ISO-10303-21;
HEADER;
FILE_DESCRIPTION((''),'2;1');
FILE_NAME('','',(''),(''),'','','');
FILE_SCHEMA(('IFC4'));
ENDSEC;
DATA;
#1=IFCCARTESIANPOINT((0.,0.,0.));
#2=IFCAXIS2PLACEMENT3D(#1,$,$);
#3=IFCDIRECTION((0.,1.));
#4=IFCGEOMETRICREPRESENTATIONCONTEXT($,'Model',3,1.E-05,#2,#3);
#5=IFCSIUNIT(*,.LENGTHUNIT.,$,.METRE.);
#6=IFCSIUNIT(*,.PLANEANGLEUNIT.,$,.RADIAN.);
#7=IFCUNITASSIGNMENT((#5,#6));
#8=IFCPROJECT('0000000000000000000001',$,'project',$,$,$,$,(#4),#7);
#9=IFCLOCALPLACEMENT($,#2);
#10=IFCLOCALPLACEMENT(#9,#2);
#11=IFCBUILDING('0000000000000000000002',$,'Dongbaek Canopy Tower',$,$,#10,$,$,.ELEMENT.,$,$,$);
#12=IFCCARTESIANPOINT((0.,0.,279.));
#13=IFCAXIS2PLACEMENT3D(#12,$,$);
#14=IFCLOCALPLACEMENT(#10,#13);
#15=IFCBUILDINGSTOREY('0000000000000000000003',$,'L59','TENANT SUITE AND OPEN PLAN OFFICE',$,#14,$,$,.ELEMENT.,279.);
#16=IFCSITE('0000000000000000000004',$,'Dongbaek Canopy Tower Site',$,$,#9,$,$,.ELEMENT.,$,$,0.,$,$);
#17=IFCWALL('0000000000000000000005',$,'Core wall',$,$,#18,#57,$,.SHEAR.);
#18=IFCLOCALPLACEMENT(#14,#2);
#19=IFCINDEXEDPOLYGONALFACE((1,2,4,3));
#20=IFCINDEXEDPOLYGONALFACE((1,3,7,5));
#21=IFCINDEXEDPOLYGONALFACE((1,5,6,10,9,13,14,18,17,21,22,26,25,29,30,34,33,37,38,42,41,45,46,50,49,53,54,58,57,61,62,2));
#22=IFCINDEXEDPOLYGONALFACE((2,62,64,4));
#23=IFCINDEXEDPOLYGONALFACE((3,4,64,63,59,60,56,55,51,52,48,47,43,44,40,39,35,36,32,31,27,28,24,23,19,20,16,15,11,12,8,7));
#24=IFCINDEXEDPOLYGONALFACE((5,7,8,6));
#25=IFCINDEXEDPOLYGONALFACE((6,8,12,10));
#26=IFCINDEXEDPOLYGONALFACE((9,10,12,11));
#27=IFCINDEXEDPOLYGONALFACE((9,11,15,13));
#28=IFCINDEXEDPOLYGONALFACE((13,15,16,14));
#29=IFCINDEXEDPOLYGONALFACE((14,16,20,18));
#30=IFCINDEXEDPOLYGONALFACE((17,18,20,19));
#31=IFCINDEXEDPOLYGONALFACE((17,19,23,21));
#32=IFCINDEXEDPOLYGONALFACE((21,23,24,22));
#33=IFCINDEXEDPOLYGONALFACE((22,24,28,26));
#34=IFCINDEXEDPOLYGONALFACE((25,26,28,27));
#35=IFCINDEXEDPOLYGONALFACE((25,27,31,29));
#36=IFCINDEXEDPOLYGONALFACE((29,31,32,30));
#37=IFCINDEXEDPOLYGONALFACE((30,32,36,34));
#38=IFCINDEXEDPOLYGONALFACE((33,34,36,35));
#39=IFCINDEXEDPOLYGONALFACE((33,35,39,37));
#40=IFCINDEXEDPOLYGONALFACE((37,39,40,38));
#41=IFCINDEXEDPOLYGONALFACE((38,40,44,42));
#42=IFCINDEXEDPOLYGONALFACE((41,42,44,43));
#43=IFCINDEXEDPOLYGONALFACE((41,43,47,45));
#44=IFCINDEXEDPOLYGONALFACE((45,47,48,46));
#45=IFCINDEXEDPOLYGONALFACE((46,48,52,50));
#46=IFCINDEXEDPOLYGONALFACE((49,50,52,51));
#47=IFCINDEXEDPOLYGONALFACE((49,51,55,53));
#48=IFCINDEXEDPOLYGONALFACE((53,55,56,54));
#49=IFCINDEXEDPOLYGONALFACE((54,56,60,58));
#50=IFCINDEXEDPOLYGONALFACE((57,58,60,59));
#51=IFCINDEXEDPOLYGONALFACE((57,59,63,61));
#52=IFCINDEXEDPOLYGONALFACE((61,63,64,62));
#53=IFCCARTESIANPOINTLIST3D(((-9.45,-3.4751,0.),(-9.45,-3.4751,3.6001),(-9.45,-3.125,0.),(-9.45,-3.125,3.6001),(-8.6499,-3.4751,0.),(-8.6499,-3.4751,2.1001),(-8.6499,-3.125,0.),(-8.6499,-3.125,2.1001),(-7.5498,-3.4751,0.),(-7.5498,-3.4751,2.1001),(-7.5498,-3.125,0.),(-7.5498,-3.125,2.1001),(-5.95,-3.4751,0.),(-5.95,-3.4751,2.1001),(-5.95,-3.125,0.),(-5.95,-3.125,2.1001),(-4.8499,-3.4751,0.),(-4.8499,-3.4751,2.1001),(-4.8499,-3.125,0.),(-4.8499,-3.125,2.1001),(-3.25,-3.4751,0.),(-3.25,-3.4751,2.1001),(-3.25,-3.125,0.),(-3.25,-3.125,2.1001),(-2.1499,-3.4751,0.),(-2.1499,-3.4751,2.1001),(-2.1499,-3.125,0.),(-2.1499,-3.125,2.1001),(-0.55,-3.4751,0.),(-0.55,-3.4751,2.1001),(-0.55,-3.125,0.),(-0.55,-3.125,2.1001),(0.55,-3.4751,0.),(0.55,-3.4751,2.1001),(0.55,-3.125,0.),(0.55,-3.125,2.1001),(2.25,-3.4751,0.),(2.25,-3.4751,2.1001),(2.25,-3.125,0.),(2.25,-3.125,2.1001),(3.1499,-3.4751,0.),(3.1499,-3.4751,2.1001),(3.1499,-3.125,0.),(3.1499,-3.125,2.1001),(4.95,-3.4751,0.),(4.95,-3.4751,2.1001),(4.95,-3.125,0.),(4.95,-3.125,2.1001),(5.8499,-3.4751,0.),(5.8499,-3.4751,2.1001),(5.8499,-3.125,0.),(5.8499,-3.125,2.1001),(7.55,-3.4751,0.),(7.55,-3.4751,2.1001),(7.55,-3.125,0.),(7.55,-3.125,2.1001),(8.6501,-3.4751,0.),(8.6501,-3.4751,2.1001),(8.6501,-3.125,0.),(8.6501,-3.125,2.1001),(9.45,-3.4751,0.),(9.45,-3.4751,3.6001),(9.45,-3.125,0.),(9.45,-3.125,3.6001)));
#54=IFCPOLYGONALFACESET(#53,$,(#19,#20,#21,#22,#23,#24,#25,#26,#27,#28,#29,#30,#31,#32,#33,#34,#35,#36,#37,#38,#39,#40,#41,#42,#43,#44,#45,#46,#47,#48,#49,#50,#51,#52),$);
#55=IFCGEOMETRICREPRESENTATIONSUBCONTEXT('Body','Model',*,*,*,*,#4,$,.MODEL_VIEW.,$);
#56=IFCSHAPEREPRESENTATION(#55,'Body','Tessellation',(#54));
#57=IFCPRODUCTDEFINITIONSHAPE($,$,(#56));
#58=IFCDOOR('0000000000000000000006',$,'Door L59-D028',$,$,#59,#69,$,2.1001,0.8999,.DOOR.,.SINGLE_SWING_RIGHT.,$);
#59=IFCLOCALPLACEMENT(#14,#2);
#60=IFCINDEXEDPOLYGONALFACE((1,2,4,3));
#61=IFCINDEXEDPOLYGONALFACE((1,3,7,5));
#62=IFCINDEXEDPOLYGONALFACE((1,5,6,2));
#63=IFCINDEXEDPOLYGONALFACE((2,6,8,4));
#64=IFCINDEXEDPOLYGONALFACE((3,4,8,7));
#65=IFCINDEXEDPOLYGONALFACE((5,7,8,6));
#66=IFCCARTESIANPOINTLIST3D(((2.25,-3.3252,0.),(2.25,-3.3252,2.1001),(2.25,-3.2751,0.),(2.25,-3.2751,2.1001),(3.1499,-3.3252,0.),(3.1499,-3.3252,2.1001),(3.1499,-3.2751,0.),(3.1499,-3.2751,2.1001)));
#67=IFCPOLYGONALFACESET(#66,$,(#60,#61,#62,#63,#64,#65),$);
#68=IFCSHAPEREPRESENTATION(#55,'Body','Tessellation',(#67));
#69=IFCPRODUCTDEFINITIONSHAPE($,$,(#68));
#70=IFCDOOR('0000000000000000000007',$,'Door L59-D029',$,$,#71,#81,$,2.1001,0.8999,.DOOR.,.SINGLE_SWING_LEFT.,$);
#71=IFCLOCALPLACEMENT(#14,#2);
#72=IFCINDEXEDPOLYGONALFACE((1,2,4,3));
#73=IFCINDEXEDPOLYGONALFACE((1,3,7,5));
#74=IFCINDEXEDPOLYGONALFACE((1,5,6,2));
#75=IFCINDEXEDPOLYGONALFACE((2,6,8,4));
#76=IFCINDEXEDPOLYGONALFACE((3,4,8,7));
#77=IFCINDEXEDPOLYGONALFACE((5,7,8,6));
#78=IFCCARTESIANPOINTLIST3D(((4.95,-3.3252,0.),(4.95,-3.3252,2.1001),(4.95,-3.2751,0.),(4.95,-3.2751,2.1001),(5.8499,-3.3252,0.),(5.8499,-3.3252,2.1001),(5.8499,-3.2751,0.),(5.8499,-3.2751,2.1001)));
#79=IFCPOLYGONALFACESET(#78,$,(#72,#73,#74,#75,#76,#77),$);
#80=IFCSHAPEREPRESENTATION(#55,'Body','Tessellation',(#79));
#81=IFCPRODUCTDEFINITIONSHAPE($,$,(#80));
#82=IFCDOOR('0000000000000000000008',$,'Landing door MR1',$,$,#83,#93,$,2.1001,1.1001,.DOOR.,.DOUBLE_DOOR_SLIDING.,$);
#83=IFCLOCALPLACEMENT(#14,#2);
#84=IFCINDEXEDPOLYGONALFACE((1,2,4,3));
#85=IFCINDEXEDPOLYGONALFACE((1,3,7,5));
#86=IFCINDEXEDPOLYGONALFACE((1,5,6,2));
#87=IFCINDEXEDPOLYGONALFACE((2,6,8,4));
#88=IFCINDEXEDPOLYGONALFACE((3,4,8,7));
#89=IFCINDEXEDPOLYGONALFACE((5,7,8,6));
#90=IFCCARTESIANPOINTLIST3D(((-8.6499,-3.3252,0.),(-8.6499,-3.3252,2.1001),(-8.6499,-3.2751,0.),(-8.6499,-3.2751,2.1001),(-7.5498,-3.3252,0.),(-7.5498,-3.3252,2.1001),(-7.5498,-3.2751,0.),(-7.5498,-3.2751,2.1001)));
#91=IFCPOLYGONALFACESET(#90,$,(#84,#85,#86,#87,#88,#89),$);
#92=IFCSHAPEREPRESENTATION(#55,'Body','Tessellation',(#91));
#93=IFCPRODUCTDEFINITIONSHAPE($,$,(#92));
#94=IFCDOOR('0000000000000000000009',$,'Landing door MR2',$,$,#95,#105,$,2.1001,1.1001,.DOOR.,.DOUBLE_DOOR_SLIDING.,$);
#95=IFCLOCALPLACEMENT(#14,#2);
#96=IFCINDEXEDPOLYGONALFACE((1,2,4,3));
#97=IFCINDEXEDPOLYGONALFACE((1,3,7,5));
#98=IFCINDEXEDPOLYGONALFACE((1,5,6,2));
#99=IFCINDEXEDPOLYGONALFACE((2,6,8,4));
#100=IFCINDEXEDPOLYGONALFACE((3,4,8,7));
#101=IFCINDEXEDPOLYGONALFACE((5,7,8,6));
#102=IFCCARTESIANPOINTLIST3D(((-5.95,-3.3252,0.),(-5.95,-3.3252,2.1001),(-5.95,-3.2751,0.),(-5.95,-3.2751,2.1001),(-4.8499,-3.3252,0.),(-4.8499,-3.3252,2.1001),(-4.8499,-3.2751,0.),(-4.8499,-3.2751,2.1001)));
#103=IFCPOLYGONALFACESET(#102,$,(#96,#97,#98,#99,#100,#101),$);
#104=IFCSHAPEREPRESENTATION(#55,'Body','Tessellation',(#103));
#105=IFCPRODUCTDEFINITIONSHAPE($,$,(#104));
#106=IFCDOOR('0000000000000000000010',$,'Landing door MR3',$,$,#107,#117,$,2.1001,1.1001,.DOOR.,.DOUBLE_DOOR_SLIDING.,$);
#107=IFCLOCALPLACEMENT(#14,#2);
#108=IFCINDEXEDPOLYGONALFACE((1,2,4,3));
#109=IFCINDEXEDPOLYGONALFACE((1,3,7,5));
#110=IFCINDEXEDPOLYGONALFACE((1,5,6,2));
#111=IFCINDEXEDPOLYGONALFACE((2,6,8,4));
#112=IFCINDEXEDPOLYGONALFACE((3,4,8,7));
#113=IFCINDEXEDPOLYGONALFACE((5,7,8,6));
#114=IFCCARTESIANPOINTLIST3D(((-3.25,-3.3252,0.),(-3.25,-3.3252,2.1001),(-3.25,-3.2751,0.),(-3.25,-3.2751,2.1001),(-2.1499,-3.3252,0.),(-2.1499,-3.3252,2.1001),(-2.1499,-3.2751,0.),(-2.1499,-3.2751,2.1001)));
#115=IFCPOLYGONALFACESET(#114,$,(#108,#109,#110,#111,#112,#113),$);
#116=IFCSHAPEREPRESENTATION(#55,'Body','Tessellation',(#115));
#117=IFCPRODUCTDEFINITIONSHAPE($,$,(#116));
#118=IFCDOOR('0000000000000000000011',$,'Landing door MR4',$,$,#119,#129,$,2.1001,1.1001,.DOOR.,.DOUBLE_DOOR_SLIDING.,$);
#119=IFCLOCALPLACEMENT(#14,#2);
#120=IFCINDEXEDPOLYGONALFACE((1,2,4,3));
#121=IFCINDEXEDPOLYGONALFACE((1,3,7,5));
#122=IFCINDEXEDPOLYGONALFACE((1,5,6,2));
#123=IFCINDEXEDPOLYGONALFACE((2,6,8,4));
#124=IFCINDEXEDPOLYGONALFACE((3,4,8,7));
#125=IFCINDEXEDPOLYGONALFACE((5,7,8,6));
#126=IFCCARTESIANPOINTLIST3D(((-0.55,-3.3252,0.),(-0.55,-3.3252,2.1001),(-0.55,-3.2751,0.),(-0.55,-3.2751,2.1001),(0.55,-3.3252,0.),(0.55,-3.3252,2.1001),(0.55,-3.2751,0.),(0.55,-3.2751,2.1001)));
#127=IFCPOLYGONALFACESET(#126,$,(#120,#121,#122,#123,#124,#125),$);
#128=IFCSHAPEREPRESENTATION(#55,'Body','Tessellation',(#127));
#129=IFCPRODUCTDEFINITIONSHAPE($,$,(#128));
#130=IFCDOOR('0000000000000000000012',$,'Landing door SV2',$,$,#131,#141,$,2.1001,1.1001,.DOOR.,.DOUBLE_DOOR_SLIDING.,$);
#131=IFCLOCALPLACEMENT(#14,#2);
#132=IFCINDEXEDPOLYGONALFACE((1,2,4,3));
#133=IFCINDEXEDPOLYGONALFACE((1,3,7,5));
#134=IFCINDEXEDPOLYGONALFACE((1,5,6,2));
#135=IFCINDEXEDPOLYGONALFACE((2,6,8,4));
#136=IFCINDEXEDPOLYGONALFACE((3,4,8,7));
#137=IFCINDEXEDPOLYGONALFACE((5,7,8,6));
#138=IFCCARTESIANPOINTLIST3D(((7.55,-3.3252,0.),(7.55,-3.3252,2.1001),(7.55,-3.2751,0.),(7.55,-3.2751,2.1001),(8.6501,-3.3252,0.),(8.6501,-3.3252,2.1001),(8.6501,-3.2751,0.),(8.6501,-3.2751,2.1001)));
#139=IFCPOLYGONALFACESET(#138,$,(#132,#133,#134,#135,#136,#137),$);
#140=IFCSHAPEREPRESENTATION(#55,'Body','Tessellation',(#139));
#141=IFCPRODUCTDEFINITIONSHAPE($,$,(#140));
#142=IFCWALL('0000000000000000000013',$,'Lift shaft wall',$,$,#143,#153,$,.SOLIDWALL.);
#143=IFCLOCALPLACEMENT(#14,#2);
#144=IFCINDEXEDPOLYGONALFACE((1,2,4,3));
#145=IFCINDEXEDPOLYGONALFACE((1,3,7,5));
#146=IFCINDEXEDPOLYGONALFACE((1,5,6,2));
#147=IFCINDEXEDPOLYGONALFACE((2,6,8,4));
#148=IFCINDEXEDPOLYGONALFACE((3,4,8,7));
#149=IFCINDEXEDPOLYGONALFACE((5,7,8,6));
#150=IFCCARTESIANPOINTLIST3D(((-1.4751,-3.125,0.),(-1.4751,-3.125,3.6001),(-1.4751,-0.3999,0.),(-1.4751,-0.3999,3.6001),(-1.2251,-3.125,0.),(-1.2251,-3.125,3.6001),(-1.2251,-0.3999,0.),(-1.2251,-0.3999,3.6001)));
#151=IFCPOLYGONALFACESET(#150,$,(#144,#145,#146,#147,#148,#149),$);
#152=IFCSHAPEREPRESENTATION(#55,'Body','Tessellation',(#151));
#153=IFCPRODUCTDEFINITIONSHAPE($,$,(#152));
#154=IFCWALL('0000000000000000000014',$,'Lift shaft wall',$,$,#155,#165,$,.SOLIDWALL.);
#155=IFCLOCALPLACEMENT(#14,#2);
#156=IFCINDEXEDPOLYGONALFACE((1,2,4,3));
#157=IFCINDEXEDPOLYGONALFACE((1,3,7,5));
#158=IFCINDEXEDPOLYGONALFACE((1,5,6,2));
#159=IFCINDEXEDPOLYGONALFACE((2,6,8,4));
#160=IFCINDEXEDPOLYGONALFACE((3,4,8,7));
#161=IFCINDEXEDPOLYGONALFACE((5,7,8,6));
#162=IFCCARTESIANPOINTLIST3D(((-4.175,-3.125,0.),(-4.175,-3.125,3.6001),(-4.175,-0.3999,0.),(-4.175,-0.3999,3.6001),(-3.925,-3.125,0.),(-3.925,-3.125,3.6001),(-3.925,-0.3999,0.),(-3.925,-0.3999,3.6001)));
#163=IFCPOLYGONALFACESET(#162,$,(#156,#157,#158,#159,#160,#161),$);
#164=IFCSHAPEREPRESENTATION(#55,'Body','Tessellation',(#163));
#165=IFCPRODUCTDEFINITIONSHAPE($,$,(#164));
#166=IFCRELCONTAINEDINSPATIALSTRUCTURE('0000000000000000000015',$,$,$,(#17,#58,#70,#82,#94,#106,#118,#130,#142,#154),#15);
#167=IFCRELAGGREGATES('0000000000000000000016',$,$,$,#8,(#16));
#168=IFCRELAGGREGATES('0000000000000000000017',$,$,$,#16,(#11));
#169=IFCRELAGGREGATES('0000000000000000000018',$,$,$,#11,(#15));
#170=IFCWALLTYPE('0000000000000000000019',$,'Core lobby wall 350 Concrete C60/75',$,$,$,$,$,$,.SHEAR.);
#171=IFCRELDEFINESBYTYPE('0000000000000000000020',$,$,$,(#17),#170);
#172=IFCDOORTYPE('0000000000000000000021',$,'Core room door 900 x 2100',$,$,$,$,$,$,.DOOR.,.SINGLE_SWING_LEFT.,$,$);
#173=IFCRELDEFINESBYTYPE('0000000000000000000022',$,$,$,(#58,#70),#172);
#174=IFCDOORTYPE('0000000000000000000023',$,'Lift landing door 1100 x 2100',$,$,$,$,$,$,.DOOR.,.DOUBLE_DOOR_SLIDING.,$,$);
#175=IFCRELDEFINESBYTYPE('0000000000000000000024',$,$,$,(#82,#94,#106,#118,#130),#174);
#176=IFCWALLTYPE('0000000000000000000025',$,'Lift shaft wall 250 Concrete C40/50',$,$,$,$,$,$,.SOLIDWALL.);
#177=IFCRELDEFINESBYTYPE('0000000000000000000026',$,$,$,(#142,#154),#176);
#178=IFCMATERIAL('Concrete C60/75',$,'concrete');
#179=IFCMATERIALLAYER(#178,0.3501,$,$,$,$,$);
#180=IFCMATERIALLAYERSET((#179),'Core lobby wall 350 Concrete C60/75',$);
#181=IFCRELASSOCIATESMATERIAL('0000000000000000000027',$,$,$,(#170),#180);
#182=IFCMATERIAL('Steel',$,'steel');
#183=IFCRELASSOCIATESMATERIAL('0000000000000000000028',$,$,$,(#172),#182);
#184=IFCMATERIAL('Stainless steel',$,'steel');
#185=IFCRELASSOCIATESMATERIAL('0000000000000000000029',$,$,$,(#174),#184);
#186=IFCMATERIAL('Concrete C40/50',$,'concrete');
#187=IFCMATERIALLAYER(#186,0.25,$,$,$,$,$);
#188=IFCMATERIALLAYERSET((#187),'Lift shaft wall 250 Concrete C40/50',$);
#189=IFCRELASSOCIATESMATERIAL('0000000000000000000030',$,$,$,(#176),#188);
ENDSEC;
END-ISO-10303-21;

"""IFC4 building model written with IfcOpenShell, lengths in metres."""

from ifc_helpers import new_model, si_unit, direction, frame, frame_2d, origin, place, context, subcontext, project, spatial, rectangle, extrude, material, layer, layer_set, type_object, element, fill, save


model = new_model("IFC4")

# Units and contexts
model_context = context("Model", 3, precision=1e-05, world=origin(), true_north=direction((0.0, 1.0)))
body_context = subcontext(model_context, "Body", "Model", "MODEL_VIEW")
ifc_project = project(units=[si_unit("LENGTHUNIT", "METRE"), si_unit("PLANEANGLEUNIT", "RADIAN")], contexts=[model_context])

# Site, building, storey
site_placement = place(None, origin())
site = spatial("IfcSite", under=ifc_project, at=site_placement, Name="Dongbaek Canopy Tower Site", CompositionType="ELEMENT", RefElevation=0.0)
building_placement = place(site_placement, origin())
building = spatial("IfcBuilding", under=site, at=building_placement, Name="Dongbaek Canopy Tower", CompositionType="ELEMENT")
storey_placement = place(building_placement, frame((0.0, 0.0, 279.0)))
storey = spatial("IfcBuildingStorey", under=building, at=storey_placement, Name="L59", Description="TENANT SUITE AND OPEN PLAN OFFICE", CompositionType="ELEMENT", Elevation=279.0)

# Wall, openings, doors
ifc_material_1 = material(Name="Concrete C60/75", Category="concrete")
ifc_layer_1 = layer(ifc_material_1, 0.3501)
ifc_layer_set_1 = layer_set([ifc_layer_1], Name="Core lobby wall 350 Concrete C60/75")
wall_type_1 = type_object("IfcWallType", Name="Core lobby wall 350 Concrete C60/75", PredefinedType="SHEAR", material=ifc_layer_set_1)
wall_1_placement = place(storey_placement, frame((-9.45, -3.3, 0.0), z_axis=(0.0, 0.0, 1.0), x_axis=(1.0, 0.0, 0.0)))
wall_1 = element("IfcWall", 1, at=wall_1_placement, inside=storey, type_object=wall_type_1, Name="Core wall", PredefinedType="SHEAR", context=body_context, shape_type="SweptSolid", body=[
    extrude(rectangle(XDim=18.8999, YDim=0.3501, at=frame_2d((9.45, 0.0))), origin(), (0.0, 0.0, 1.0), 3.6001),
])
opening_1_placement = place(wall_1_placement, frame((0.8, 0.0, 0.0)))
opening_1 = element("IfcOpeningElement", 2, at=opening_1_placement, cuts=wall_1, PredefinedType="OPENING", context=body_context, shape_type="SweptSolid", body=[
    extrude(rectangle(XDim=1.1001, YDim=2.1001, at=frame_2d((0.55, 1.05))), frame((0.0, 0.1851, 0.0), z_axis=(0.0, -1.0, 0.0), x_axis=(1.0, 0.0, 0.0)), (0.0, 0.0, 1.0), 0.3701),
])
opening_2_placement = place(wall_1_placement, frame((3.5, 0.0, 0.0)))
opening_2 = element("IfcOpeningElement", 3, at=opening_2_placement, cuts=wall_1, PredefinedType="OPENING", context=body_context, shape_type="SweptSolid", body=[
    extrude(rectangle(XDim=1.1001, YDim=2.1001, at=frame_2d((0.55, 1.05))), frame((0.0, 0.1851, 0.0), z_axis=(0.0, -1.0, 0.0), x_axis=(1.0, 0.0, 0.0)), (0.0, 0.0, 1.0), 0.3701),
])
opening_3_placement = place(wall_1_placement, frame((6.2, 0.0, 0.0)))
opening_3 = element("IfcOpeningElement", 4, at=opening_3_placement, cuts=wall_1, PredefinedType="OPENING", context=body_context, shape_type="SweptSolid", body=[
    extrude(rectangle(XDim=1.1001, YDim=2.1001, at=frame_2d((0.55, 1.05))), frame((0.0, 0.1851, 0.0), z_axis=(0.0, -1.0, 0.0), x_axis=(1.0, 0.0, 0.0)), (0.0, 0.0, 1.0), 0.3701),
])
opening_4_placement = place(wall_1_placement, frame((8.8999, 0.0, 0.0)))
opening_4 = element("IfcOpeningElement", 5, at=opening_4_placement, cuts=wall_1, PredefinedType="OPENING", context=body_context, shape_type="SweptSolid", body=[
    extrude(rectangle(XDim=1.1001, YDim=2.1001, at=frame_2d((0.55, 1.05))), frame((0.0, 0.1851, 0.0), z_axis=(0.0, -1.0, 0.0), x_axis=(1.0, 0.0, 0.0)), (0.0, 0.0, 1.0), 0.3701),
])
opening_5_placement = place(wall_1_placement, frame((17.0, 0.0, 0.0)))
opening_5 = element("IfcOpeningElement", 6, at=opening_5_placement, cuts=wall_1, PredefinedType="OPENING", context=body_context, shape_type="SweptSolid", body=[
    extrude(rectangle(XDim=1.1001, YDim=2.1001, at=frame_2d((0.55, 1.05))), frame((0.0, 0.1851, 0.0), z_axis=(0.0, -1.0, 0.0), x_axis=(1.0, 0.0, 0.0)), (0.0, 0.0, 1.0), 0.3701),
])
opening_6_placement = place(wall_1_placement, frame((11.7, 0.0, 0.0)))
opening_6 = element("IfcOpeningElement", 7, at=opening_6_placement, cuts=wall_1, PredefinedType="OPENING", context=body_context, shape_type="SweptSolid", body=[
    extrude(rectangle(XDim=0.8999, YDim=2.1001, at=frame_2d((0.45, 1.05))), frame((0.0, 0.1851, 0.0), z_axis=(0.0, -1.0, 0.0), x_axis=(1.0, 0.0, 0.0)), (0.0, 0.0, 1.0), 0.3701),
])
opening_7_placement = place(wall_1_placement, frame((14.3999, 0.0, 0.0)))
opening_7 = element("IfcOpeningElement", 8, at=opening_7_placement, cuts=wall_1, PredefinedType="OPENING", context=body_context, shape_type="SweptSolid", body=[
    extrude(rectangle(XDim=0.8999, YDim=2.1001, at=frame_2d((0.45, 1.05))), frame((0.0, 0.1851, 0.0), z_axis=(0.0, -1.0, 0.0), x_axis=(1.0, 0.0, 0.0)), (0.0, 0.0, 1.0), 0.3701),
])
ifc_material_2 = material(Name="Steel", Category="steel")
door_type_1 = type_object("IfcDoorType", Name="Core room door 900 x 2100", OperationType="SINGLE_SWING_LEFT", PredefinedType="DOOR", material=ifc_material_2)
door_1_placement = place(opening_6_placement, origin())
door_1 = element("IfcDoor", 9, at=door_1_placement, inside=storey, type_object=door_type_1, Name="Door L59-D028", OperationType="SINGLE_SWING_RIGHT", OverallHeight=2.1001, OverallWidth=0.8999, PredefinedType="DOOR", context=body_context, shape_type="SweptSolid", body=[
    extrude(rectangle(XDim=0.8999, YDim=2.1001, at=frame_2d((0.45, 1.05))), frame((0.0, 0.0249, 0.0), z_axis=(0.0, -1.0, 0.0), x_axis=(1.0, 0.0, 0.0)), (0.0, 0.0, 1.0), 0.05),
])
fill(opening_6, door_1)
door_2_placement = place(opening_7_placement, origin())
door_2 = element("IfcDoor", 10, at=door_2_placement, inside=storey, type_object=door_type_1, Name="Door L59-D029", OperationType="SINGLE_SWING_LEFT", OverallHeight=2.1001, OverallWidth=0.8999, PredefinedType="DOOR", context=body_context, shape_type="SweptSolid", body=[
    extrude(rectangle(XDim=0.8999, YDim=2.1001, at=frame_2d((0.45, 1.05))), frame((0.0, 0.0249, 0.0), z_axis=(0.0, -1.0, 0.0), x_axis=(1.0, 0.0, 0.0)), (0.0, 0.0, 1.0), 0.05),
])
fill(opening_7, door_2)
ifc_material_3 = material(Name="Stainless steel", Category="steel")
door_type_2 = type_object("IfcDoorType", Name="Lift landing door 1100 x 2100", OperationType="DOUBLE_DOOR_SLIDING", PredefinedType="DOOR", material=ifc_material_3)
door_3_placement = place(opening_1_placement, origin())
door_3 = element("IfcDoor", 11, at=door_3_placement, inside=storey, type_object=door_type_2, Name="Landing door MR1", OperationType="DOUBLE_DOOR_SLIDING", OverallHeight=2.1001, OverallWidth=1.1001, PredefinedType="DOOR", context=body_context, shape_type="SweptSolid", body=[
    extrude(rectangle(XDim=1.1001, YDim=2.1001, at=frame_2d((0.55, 1.05))), frame((0.0, 0.0249, 0.0), z_axis=(0.0, -1.0, 0.0), x_axis=(1.0, 0.0, 0.0)), (0.0, 0.0, 1.0), 0.05),
])
fill(opening_1, door_3)
door_4_placement = place(opening_2_placement, origin())
door_4 = element("IfcDoor", 12, at=door_4_placement, inside=storey, type_object=door_type_2, Name="Landing door MR2", OperationType="DOUBLE_DOOR_SLIDING", OverallHeight=2.1001, OverallWidth=1.1001, PredefinedType="DOOR", context=body_context, shape_type="SweptSolid", body=[
    extrude(rectangle(XDim=1.1001, YDim=2.1001, at=frame_2d((0.55, 1.05))), frame((0.0, 0.0249, 0.0), z_axis=(0.0, -1.0, 0.0), x_axis=(1.0, 0.0, 0.0)), (0.0, 0.0, 1.0), 0.05),
])
fill(opening_2, door_4)
door_5_placement = place(opening_3_placement, origin())
door_5 = element("IfcDoor", 13, at=door_5_placement, inside=storey, type_object=door_type_2, Name="Landing door MR3", OperationType="DOUBLE_DOOR_SLIDING", OverallHeight=2.1001, OverallWidth=1.1001, PredefinedType="DOOR", context=body_context, shape_type="SweptSolid", body=[
    extrude(rectangle(XDim=1.1001, YDim=2.1001, at=frame_2d((0.55, 1.05))), frame((0.0, 0.0249, 0.0), z_axis=(0.0, -1.0, 0.0), x_axis=(1.0, 0.0, 0.0)), (0.0, 0.0, 1.0), 0.05),
])
fill(opening_3, door_5)
door_6_placement = place(opening_4_placement, origin())
door_6 = element("IfcDoor", 14, at=door_6_placement, inside=storey, type_object=door_type_2, Name="Landing door MR4", OperationType="DOUBLE_DOOR_SLIDING", OverallHeight=2.1001, OverallWidth=1.1001, PredefinedType="DOOR", context=body_context, shape_type="SweptSolid", body=[
    extrude(rectangle(XDim=1.1001, YDim=2.1001, at=frame_2d((0.55, 1.05))), frame((0.0, 0.0249, 0.0), z_axis=(0.0, -1.0, 0.0), x_axis=(1.0, 0.0, 0.0)), (0.0, 0.0, 1.0), 0.05),
])
fill(opening_4, door_6)
door_7_placement = place(opening_5_placement, origin())
door_7 = element("IfcDoor", 15, at=door_7_placement, inside=storey, type_object=door_type_2, Name="Landing door SV2", OperationType="DOUBLE_DOOR_SLIDING", OverallHeight=2.1001, OverallWidth=1.1001, PredefinedType="DOOR", context=body_context, shape_type="SweptSolid", body=[
    extrude(rectangle(XDim=1.1001, YDim=2.1001, at=frame_2d((0.55, 1.05))), frame((0.0, 0.0249, 0.0), z_axis=(0.0, -1.0, 0.0), x_axis=(1.0, 0.0, 0.0)), (0.0, 0.0, 1.0), 0.05),
])
fill(opening_5, door_7)

# Walls
ifc_material_4 = material(Name="Concrete C40/50", Category="concrete")
ifc_layer_2 = layer(ifc_material_4, 0.25)
ifc_layer_set_2 = layer_set([ifc_layer_2], Name="Lift shaft wall 250 Concrete C40/50")
wall_type_2 = type_object("IfcWallType", Name="Lift shaft wall 250 Concrete C40/50", PredefinedType="SOLIDWALL", material=ifc_layer_set_2)
for number, where, z_axis, x_axis, name in (
    (16, (-1.3501, -3.125, 0.0), (0.0, 0.0, 1.0), (0.0, 1.0, 0.0), "Lift shaft wall"),
    (17, (-4.05, -3.125, 0.0), (0.0, 0.0, 1.0), (0.0, 1.0, 0.0), "Lift shaft wall"),
):
    element("IfcWall", number, at=place(storey_placement, frame(where, z_axis=z_axis, x_axis=x_axis)), inside=storey, type_object=wall_type_2, Name=name, PredefinedType="SOLIDWALL", context=body_context, shape_type="SweptSolid", body=[
        extrude(rectangle(XDim=2.7251, YDim=0.25, at=frame_2d((1.3625, 0.0))), origin(), (0.0, 0.0, 1.0), 3.6001),
    ])

save(model, "model.ifc")
